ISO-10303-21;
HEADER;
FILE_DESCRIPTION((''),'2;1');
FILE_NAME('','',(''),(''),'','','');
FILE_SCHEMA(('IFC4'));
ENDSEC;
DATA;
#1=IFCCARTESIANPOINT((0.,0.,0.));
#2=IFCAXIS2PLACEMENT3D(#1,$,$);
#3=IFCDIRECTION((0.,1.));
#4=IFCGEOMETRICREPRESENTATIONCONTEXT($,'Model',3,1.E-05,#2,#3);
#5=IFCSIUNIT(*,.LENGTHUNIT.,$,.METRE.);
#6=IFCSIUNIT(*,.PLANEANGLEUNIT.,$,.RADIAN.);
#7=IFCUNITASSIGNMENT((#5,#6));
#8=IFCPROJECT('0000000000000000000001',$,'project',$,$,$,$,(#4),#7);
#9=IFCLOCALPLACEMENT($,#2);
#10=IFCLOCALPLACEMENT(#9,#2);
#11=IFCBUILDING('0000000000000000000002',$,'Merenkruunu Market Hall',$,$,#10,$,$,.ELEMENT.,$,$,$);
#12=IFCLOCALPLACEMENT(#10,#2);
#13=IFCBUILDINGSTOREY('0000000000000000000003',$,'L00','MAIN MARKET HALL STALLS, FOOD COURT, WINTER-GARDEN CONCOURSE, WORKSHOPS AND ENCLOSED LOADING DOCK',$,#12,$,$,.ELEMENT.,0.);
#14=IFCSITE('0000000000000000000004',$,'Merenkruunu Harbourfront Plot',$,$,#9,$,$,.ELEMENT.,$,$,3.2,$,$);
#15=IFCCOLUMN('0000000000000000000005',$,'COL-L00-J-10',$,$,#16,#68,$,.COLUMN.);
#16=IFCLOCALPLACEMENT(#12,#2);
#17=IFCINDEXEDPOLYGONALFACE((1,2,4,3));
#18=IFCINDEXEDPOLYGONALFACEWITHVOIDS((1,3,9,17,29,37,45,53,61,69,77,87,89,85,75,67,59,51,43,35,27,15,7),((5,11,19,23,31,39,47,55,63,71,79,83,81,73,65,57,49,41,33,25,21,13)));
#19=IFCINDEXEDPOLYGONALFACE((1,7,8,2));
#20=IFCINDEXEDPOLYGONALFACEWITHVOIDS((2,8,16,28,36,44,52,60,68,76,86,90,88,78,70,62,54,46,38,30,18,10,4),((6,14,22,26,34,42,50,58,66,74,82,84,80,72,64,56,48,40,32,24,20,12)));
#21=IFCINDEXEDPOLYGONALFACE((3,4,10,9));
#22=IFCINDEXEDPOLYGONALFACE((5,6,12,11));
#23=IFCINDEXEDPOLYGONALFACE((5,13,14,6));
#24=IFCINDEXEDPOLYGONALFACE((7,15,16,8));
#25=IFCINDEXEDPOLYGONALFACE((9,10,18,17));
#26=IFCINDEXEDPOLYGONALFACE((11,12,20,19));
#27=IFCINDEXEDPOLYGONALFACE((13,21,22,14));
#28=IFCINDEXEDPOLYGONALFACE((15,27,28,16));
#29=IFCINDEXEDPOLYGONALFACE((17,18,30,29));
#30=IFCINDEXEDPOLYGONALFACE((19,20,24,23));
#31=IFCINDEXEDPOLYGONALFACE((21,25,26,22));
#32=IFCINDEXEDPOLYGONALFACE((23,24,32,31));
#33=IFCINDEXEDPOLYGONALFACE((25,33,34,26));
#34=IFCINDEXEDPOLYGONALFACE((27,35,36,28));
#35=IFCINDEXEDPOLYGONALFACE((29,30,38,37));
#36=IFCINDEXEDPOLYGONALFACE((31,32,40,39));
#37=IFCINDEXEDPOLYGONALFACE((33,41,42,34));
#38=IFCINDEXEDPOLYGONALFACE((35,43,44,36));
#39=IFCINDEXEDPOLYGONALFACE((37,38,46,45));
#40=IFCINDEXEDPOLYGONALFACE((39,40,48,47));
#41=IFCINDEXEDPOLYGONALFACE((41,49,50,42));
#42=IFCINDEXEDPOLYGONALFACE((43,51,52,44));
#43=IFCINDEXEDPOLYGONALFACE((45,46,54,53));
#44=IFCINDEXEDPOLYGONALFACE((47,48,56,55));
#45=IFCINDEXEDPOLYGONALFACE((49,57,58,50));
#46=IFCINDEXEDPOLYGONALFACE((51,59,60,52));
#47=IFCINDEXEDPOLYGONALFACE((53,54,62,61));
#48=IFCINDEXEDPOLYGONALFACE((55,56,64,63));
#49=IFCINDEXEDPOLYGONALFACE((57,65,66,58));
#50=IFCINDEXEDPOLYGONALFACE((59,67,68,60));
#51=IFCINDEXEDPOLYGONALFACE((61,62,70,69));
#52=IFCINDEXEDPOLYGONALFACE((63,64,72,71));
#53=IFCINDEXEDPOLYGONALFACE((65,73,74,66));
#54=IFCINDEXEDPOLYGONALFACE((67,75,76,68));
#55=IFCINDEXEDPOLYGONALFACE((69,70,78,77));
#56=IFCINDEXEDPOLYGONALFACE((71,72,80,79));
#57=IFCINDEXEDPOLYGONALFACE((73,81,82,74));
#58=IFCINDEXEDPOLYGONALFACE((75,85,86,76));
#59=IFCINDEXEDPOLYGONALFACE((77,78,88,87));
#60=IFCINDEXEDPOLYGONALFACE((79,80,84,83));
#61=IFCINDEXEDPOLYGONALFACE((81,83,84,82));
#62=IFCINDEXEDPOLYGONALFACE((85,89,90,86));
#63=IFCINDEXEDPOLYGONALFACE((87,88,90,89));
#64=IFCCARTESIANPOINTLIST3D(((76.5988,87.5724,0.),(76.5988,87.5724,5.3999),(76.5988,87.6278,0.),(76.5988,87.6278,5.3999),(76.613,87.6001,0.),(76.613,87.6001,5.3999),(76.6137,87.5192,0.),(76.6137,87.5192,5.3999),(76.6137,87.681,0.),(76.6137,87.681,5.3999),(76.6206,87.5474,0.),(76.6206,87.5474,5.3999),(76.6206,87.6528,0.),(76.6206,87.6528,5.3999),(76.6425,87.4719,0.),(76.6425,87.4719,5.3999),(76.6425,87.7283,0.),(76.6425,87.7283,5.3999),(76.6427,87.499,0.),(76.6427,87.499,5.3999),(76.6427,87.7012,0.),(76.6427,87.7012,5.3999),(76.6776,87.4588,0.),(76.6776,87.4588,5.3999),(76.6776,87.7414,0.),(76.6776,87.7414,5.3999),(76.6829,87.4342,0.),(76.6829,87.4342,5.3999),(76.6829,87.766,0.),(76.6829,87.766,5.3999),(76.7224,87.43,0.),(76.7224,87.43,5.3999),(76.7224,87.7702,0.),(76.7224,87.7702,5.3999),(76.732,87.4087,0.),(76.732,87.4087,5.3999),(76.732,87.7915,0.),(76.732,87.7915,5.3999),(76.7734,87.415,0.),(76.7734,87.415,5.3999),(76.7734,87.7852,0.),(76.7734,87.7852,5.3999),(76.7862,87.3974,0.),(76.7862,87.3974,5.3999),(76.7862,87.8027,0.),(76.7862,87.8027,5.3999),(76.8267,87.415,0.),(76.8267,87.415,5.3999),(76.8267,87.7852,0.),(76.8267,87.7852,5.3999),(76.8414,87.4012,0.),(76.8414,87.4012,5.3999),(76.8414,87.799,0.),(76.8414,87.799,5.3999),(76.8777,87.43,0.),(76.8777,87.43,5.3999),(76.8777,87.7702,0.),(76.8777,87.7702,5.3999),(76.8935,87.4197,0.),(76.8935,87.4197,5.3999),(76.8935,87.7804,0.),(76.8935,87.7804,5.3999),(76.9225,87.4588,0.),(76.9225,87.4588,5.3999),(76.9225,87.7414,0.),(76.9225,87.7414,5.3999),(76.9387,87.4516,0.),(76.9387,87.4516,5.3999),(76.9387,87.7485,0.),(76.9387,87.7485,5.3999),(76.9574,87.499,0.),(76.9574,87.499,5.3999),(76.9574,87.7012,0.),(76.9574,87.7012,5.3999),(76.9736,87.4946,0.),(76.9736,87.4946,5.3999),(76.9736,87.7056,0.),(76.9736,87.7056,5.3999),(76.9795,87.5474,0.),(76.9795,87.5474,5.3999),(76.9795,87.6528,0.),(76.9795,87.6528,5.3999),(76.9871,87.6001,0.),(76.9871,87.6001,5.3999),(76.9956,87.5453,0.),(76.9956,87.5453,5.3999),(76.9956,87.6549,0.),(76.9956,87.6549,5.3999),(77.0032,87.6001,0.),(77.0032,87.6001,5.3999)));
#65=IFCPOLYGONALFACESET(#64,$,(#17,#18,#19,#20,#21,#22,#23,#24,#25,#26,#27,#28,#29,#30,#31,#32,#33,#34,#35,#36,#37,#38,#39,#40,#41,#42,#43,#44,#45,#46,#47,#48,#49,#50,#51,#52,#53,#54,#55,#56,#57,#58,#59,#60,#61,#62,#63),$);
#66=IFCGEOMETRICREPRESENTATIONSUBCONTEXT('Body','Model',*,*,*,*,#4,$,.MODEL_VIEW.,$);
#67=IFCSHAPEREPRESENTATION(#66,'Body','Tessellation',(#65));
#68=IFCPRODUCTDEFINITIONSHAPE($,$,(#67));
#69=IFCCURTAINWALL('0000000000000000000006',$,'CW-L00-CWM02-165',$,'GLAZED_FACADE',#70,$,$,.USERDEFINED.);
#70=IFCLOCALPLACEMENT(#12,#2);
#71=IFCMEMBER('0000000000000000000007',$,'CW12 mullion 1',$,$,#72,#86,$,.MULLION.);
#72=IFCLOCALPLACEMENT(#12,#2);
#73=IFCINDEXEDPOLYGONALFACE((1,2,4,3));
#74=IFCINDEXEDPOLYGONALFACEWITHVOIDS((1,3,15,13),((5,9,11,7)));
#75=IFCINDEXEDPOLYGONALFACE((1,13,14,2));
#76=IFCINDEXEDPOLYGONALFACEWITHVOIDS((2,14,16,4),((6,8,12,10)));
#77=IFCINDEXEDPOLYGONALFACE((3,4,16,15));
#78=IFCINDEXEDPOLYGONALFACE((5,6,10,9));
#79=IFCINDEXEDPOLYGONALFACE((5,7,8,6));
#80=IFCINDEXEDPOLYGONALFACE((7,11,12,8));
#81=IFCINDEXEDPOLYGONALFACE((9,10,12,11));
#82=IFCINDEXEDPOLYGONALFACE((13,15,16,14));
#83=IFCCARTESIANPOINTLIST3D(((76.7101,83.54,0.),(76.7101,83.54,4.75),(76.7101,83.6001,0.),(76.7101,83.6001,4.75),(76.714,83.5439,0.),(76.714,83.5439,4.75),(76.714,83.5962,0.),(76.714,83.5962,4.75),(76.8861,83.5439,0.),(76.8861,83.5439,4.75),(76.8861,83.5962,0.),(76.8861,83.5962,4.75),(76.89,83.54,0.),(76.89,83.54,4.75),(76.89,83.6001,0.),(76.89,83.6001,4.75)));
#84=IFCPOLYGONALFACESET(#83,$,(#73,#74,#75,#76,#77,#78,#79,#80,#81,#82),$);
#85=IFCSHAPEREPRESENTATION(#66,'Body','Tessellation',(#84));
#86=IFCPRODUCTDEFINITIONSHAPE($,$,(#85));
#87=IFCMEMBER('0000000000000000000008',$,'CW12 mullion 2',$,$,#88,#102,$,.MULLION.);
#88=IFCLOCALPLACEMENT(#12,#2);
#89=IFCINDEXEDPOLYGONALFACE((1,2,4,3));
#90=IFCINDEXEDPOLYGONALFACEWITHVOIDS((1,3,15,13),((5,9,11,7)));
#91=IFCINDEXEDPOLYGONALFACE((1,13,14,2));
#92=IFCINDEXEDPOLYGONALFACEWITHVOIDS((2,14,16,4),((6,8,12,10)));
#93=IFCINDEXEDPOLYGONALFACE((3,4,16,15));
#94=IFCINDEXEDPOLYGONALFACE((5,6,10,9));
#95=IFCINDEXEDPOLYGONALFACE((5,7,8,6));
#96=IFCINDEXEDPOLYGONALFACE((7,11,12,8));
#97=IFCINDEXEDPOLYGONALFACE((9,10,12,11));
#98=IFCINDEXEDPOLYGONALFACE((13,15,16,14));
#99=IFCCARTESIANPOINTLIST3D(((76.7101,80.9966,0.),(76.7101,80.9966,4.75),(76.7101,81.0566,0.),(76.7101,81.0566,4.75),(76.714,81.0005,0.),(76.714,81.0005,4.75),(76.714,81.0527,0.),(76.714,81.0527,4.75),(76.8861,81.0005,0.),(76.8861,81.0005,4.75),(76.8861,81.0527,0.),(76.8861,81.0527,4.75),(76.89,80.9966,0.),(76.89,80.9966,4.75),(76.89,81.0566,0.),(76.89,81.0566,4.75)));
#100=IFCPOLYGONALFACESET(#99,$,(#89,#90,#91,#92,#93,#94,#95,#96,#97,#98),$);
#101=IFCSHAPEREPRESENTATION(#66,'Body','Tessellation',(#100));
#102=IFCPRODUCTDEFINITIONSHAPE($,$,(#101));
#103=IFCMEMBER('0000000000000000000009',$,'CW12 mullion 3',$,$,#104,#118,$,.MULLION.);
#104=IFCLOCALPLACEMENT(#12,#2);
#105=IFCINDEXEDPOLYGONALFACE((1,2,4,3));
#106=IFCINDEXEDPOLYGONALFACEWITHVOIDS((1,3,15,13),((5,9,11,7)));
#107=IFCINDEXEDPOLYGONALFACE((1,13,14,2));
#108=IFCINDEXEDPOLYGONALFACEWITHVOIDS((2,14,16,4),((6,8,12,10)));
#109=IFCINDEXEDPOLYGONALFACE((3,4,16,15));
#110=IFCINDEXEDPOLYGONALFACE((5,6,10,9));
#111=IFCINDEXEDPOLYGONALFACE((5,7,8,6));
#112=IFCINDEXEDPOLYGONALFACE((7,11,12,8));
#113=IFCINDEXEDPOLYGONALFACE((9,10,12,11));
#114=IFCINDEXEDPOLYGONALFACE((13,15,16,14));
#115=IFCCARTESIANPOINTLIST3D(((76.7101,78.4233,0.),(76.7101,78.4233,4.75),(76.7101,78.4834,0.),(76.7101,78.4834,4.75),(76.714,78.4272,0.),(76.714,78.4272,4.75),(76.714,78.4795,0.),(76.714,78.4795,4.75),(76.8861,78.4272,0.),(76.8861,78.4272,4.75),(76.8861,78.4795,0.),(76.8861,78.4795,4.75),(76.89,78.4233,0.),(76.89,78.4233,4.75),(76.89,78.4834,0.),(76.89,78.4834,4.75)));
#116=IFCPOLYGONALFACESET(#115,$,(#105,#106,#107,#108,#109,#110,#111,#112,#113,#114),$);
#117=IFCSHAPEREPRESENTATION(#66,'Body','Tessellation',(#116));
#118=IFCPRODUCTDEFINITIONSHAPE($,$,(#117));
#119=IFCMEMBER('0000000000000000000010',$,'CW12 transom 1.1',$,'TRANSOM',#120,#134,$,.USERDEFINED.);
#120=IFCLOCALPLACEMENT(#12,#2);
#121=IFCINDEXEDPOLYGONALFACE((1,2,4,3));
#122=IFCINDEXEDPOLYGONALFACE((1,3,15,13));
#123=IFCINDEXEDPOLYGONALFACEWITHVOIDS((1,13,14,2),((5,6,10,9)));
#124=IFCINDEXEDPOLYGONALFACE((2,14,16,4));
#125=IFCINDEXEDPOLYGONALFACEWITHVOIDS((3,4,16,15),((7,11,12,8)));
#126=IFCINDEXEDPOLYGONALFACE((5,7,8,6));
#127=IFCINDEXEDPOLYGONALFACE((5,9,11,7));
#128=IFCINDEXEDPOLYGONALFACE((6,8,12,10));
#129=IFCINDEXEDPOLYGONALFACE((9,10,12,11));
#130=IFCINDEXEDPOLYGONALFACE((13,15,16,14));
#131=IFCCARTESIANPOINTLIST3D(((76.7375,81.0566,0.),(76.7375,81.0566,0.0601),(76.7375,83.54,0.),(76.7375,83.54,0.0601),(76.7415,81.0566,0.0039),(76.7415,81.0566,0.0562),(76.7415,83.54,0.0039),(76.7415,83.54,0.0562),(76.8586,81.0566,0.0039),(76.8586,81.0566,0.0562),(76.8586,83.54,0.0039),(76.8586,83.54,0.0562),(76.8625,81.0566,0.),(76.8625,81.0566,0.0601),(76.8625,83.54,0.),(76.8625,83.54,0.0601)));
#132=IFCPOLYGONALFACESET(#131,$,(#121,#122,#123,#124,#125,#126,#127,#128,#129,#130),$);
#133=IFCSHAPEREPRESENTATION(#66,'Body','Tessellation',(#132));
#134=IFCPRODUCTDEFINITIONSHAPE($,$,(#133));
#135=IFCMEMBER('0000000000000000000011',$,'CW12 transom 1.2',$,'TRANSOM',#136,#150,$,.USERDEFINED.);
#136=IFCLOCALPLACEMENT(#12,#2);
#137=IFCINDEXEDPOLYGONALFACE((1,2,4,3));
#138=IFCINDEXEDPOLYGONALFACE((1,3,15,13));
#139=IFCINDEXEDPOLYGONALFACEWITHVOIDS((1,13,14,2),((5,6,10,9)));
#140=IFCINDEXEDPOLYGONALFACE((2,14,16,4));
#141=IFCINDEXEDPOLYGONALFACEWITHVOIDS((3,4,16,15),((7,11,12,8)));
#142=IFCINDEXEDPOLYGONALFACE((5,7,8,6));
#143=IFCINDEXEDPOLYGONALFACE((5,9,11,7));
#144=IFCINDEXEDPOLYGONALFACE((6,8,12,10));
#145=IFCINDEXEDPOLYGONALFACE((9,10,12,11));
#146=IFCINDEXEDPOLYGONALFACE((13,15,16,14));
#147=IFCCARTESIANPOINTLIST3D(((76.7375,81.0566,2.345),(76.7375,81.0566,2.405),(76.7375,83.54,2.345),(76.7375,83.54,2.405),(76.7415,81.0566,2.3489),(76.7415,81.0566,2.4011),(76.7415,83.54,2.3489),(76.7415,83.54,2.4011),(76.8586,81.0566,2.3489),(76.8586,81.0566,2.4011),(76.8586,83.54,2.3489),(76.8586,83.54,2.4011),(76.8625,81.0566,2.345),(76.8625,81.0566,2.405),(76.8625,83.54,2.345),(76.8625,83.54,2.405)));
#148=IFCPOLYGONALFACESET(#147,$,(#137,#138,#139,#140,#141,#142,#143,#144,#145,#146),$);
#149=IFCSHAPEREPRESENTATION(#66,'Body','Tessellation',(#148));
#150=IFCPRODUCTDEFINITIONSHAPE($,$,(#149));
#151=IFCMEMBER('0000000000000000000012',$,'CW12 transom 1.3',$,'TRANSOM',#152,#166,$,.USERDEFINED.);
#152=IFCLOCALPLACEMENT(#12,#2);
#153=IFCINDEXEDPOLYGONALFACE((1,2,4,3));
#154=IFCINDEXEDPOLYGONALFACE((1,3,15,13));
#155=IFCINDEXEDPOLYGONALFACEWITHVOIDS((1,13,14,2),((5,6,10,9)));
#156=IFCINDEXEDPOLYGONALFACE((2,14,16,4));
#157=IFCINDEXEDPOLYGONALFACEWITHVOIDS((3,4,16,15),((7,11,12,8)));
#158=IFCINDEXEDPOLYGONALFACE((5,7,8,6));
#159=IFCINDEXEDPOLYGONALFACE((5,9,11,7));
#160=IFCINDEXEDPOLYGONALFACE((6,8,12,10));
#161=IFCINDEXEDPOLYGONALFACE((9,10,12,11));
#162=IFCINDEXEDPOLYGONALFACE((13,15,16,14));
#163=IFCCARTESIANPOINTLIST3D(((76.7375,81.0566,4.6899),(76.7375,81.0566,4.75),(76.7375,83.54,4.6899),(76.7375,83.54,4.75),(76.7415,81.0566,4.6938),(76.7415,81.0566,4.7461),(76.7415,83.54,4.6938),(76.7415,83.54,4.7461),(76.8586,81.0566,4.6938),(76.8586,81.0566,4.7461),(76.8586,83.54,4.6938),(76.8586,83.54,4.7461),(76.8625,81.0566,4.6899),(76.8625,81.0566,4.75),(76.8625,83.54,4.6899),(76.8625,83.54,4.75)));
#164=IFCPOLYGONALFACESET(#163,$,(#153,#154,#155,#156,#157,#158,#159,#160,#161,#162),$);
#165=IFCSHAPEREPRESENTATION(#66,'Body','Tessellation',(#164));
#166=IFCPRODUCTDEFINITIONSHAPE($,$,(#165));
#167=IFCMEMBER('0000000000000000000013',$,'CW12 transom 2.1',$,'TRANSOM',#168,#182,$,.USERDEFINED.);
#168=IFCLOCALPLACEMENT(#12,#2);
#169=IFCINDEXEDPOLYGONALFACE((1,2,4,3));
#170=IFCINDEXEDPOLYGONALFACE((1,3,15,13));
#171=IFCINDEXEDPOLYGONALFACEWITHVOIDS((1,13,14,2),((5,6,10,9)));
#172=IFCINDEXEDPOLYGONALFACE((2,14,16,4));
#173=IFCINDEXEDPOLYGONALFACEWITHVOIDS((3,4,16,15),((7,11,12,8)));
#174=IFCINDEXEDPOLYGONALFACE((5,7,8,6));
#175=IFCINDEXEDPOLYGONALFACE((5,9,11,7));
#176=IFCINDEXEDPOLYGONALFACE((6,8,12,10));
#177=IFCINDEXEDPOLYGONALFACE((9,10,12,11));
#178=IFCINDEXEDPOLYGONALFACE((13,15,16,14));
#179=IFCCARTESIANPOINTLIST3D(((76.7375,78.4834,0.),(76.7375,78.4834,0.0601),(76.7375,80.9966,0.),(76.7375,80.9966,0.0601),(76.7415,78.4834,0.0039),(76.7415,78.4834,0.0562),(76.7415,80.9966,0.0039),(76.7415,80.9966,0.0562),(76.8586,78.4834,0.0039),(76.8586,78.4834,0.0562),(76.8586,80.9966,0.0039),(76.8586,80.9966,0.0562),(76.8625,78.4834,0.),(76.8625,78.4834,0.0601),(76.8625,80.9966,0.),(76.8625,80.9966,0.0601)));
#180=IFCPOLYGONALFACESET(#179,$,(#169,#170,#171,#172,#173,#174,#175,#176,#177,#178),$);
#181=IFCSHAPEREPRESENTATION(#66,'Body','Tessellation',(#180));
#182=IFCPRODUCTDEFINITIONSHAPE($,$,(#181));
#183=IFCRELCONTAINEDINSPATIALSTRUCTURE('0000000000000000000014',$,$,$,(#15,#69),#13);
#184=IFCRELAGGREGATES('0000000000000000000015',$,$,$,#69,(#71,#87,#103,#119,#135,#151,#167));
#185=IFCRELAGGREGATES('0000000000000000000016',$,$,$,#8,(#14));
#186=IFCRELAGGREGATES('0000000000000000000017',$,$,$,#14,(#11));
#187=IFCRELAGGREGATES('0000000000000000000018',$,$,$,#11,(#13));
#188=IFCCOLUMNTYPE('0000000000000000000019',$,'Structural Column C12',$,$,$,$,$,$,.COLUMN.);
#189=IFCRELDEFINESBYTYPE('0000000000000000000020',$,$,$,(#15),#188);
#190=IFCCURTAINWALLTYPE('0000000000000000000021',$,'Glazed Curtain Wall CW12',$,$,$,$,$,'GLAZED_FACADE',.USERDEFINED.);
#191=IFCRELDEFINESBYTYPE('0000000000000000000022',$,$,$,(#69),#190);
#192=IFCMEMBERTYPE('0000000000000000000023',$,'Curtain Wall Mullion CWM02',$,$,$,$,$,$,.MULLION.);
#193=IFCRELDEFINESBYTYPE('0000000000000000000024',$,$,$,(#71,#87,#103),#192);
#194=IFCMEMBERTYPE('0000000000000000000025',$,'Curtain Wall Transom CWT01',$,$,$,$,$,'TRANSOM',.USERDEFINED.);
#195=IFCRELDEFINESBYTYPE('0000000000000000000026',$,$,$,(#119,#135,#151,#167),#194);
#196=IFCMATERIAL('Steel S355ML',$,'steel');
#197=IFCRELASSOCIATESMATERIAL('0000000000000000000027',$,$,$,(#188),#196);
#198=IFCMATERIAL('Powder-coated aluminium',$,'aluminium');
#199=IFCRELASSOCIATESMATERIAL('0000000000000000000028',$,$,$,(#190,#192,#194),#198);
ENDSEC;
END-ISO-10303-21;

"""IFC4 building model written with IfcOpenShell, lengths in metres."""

from ifc_helpers import new_model, si_unit, direction, frame, origin, origin_2d, place, context, subcontext, project, spatial, hollow_rectangle, hollow_circle, extrude, material, material_profile, profile_set, type_object, element, aggregate, save


model = new_model("IFC4")

# Units and contexts
model_context = context("Model", 3, precision=1e-05, world=origin(), true_north=direction((0.0, 1.0)))
body_context = subcontext(model_context, "Body", "Model", "MODEL_VIEW")
ifc_project = project(units=[si_unit("LENGTHUNIT", "METRE"), si_unit("PLANEANGLEUNIT", "RADIAN")], contexts=[model_context])

# Site, building, storey
site_placement = place(None, origin())
site = spatial("IfcSite", under=ifc_project, at=site_placement, Name="Merenkruunu Harbourfront Plot", CompositionType="ELEMENT", RefElevation=3.2)
building_placement = place(site_placement, origin())
building = spatial("IfcBuilding", under=site, at=building_placement, Name="Merenkruunu Market Hall", CompositionType="ELEMENT")
storey_placement = place(building_placement, origin())
storey = spatial("IfcBuildingStorey", under=building, at=storey_placement, Name="L00", Description="MAIN MARKET HALL STALLS, FOOD COURT, WINTER-GARDEN CONCOURSE, WORKSHOPS AND ENCLOSED LOADING DOCK", CompositionType="ELEMENT", Elevation=0.0)

# Column
ifc_material_1 = material(Name="Steel S355ML", Category="steel")
ifc_material_profile_1 = material_profile(ifc_material_1, hollow_circle(Radius=0.2031, WallThickness=0.0161, at=origin_2d()), Name="CHS 406.4x16")
ifc_profile_set_1 = profile_set([ifc_material_profile_1], Name="Steel S355ML")
column_type = type_object("IfcColumnType", Name="Structural Column C12", PredefinedType="COLUMN", material=ifc_profile_set_1)
column_placement = place(storey_placement, frame((76.8, 87.6001, 0.0), z_axis=(0.0, 0.0, 1.0), x_axis=(1.0, 0.0, 0.0)))
element("IfcColumn", 1, at=column_placement, inside=storey, type_object=column_type, Name="COL-L00-J-10", PredefinedType="COLUMN", context=body_context, shape_type="SweptSolid", body=[
    extrude(hollow_circle(Radius=0.2031, WallThickness=0.0161, at=origin_2d()), origin(), (0.0, 0.0, 1.0), 5.3999),
])

# Curtain wall, members
ifc_material_2 = material(Name="Powder-coated aluminium", Category="aluminium")
curtain_wall_type = type_object("IfcCurtainWallType", Name="Glazed Curtain Wall CW12", ElementType="GLAZED_FACADE", PredefinedType="USERDEFINED", material=ifc_material_2)
curtain_wall_placement = place(storey_placement, origin())
curtain_wall = element("IfcCurtainWall", 2, at=curtain_wall_placement, inside=storey, type_object=curtain_wall_type, Name="CW-L00-CWM02-165", ObjectType="GLAZED_FACADE", PredefinedType="USERDEFINED")
ifc_material_profile_2 = material_profile(ifc_material_2, hollow_rectangle(XDim=0.0601, YDim=0.1799, WallThickness=0.0039, at=origin_2d()), Name="ALU 60x180x4")
ifc_profile_set_2 = profile_set([ifc_material_profile_2], Name="Powder-coated aluminium")
member_type_1 = type_object("IfcMemberType", Name="Curtain Wall Mullion CWM02", PredefinedType="MULLION", material=ifc_profile_set_2)
member_1_placement = place(storey_placement, frame((76.8, 83.5701, 0.0), z_axis=(0.0, 0.0, 1.0), x_axis=(0.0, -1.0, 0.0)))
member_1 = element("IfcMember", 3, at=member_1_placement, type_object=member_type_1, Name="CW12 mullion 1", PredefinedType="MULLION", context=body_context, shape_type="SweptSolid", body=[
    extrude(hollow_rectangle(XDim=0.0601, YDim=0.1799, WallThickness=0.0039, at=origin_2d()), origin(), (0.0, 0.0, 1.0), 4.75),
])
member_2_placement = place(storey_placement, frame((76.8, 81.0266, 0.0), z_axis=(0.0, 0.0, 1.0), x_axis=(0.0, -1.0, 0.0)))
member_2 = element("IfcMember", 4, at=member_2_placement, type_object=member_type_1, Name="CW12 mullion 2", PredefinedType="MULLION", context=body_context, shape_type="SweptSolid", body=[
    extrude(hollow_rectangle(XDim=0.0601, YDim=0.1799, WallThickness=0.0039, at=origin_2d()), origin(), (0.0, 0.0, 1.0), 4.75),
])
member_3_placement = place(storey_placement, frame((76.8, 78.4534, 0.0), z_axis=(0.0, 0.0, 1.0), x_axis=(0.0, -1.0, 0.0)))
member_3 = element("IfcMember", 5, at=member_3_placement, type_object=member_type_1, Name="CW12 mullion 3", PredefinedType="MULLION", context=body_context, shape_type="SweptSolid", body=[
    extrude(hollow_rectangle(XDim=0.0601, YDim=0.1799, WallThickness=0.0039, at=origin_2d()), origin(), (0.0, 0.0, 1.0), 4.75),
])
ifc_material_profile_3 = material_profile(ifc_material_2, hollow_rectangle(XDim=0.0601, YDim=0.125, WallThickness=0.0039, at=origin_2d()), Name="ALU 60x125x4")
ifc_profile_set_3 = profile_set([ifc_material_profile_3], Name="Powder-coated aluminium")
member_type_2 = type_object("IfcMemberType", Name="Curtain Wall Transom CWT01", ElementType="TRANSOM", PredefinedType="USERDEFINED", material=ifc_profile_set_3)
member_4_placement = place(storey_placement, frame((76.8, 83.54, 0.03), z_axis=(0.0, -1.0, 0.0), x_axis=(0.0, 0.0, 1.0)))
member_4 = element("IfcMember", 6, at=member_4_placement, type_object=member_type_2, Name="CW12 transom 1.1", ObjectType="TRANSOM", PredefinedType="USERDEFINED", context=body_context, shape_type="SweptSolid", body=[
    extrude(hollow_rectangle(XDim=0.0601, YDim=0.125, WallThickness=0.0039, at=origin_2d()), origin(), (0.0, 0.0, 1.0), 2.4834),
])
member_5_placement = place(storey_placement, frame((76.8, 83.54, 2.375), z_axis=(0.0, -1.0, 0.0), x_axis=(0.0, 0.0, 1.0)))
member_5 = element("IfcMember", 7, at=member_5_placement, type_object=member_type_2, Name="CW12 transom 1.2", ObjectType="TRANSOM", PredefinedType="USERDEFINED", context=body_context, shape_type="SweptSolid", body=[
    extrude(hollow_rectangle(XDim=0.0601, YDim=0.125, WallThickness=0.0039, at=origin_2d()), origin(), (0.0, 0.0, 1.0), 2.4834),
])
member_6_placement = place(storey_placement, frame((76.8, 83.54, 4.72), z_axis=(0.0, -1.0, 0.0), x_axis=(0.0, 0.0, 1.0)))
member_6 = element("IfcMember", 8, at=member_6_placement, type_object=member_type_2, Name="CW12 transom 1.3", ObjectType="TRANSOM", PredefinedType="USERDEFINED", context=body_context, shape_type="SweptSolid", body=[
    extrude(hollow_rectangle(XDim=0.0601, YDim=0.125, WallThickness=0.0039, at=origin_2d()), origin(), (0.0, 0.0, 1.0), 2.4834),
])
member_7_placement = place(storey_placement, frame((76.8, 80.9966, 0.03), z_axis=(0.0, -1.0, 0.0), x_axis=(0.0, 0.0, 1.0)))
member_7 = element("IfcMember", 9, at=member_7_placement, type_object=member_type_2, Name="CW12 transom 2.1", ObjectType="TRANSOM", PredefinedType="USERDEFINED", context=body_context, shape_type="SweptSolid", body=[
    extrude(hollow_rectangle(XDim=0.0601, YDim=0.125, WallThickness=0.0039, at=origin_2d()), origin(), (0.0, 0.0, 1.0), 2.5132),
])

aggregate(curtain_wall, [member_1, member_2, member_3, member_4, member_5, member_6, member_7])

save(model, "model.ifc")
